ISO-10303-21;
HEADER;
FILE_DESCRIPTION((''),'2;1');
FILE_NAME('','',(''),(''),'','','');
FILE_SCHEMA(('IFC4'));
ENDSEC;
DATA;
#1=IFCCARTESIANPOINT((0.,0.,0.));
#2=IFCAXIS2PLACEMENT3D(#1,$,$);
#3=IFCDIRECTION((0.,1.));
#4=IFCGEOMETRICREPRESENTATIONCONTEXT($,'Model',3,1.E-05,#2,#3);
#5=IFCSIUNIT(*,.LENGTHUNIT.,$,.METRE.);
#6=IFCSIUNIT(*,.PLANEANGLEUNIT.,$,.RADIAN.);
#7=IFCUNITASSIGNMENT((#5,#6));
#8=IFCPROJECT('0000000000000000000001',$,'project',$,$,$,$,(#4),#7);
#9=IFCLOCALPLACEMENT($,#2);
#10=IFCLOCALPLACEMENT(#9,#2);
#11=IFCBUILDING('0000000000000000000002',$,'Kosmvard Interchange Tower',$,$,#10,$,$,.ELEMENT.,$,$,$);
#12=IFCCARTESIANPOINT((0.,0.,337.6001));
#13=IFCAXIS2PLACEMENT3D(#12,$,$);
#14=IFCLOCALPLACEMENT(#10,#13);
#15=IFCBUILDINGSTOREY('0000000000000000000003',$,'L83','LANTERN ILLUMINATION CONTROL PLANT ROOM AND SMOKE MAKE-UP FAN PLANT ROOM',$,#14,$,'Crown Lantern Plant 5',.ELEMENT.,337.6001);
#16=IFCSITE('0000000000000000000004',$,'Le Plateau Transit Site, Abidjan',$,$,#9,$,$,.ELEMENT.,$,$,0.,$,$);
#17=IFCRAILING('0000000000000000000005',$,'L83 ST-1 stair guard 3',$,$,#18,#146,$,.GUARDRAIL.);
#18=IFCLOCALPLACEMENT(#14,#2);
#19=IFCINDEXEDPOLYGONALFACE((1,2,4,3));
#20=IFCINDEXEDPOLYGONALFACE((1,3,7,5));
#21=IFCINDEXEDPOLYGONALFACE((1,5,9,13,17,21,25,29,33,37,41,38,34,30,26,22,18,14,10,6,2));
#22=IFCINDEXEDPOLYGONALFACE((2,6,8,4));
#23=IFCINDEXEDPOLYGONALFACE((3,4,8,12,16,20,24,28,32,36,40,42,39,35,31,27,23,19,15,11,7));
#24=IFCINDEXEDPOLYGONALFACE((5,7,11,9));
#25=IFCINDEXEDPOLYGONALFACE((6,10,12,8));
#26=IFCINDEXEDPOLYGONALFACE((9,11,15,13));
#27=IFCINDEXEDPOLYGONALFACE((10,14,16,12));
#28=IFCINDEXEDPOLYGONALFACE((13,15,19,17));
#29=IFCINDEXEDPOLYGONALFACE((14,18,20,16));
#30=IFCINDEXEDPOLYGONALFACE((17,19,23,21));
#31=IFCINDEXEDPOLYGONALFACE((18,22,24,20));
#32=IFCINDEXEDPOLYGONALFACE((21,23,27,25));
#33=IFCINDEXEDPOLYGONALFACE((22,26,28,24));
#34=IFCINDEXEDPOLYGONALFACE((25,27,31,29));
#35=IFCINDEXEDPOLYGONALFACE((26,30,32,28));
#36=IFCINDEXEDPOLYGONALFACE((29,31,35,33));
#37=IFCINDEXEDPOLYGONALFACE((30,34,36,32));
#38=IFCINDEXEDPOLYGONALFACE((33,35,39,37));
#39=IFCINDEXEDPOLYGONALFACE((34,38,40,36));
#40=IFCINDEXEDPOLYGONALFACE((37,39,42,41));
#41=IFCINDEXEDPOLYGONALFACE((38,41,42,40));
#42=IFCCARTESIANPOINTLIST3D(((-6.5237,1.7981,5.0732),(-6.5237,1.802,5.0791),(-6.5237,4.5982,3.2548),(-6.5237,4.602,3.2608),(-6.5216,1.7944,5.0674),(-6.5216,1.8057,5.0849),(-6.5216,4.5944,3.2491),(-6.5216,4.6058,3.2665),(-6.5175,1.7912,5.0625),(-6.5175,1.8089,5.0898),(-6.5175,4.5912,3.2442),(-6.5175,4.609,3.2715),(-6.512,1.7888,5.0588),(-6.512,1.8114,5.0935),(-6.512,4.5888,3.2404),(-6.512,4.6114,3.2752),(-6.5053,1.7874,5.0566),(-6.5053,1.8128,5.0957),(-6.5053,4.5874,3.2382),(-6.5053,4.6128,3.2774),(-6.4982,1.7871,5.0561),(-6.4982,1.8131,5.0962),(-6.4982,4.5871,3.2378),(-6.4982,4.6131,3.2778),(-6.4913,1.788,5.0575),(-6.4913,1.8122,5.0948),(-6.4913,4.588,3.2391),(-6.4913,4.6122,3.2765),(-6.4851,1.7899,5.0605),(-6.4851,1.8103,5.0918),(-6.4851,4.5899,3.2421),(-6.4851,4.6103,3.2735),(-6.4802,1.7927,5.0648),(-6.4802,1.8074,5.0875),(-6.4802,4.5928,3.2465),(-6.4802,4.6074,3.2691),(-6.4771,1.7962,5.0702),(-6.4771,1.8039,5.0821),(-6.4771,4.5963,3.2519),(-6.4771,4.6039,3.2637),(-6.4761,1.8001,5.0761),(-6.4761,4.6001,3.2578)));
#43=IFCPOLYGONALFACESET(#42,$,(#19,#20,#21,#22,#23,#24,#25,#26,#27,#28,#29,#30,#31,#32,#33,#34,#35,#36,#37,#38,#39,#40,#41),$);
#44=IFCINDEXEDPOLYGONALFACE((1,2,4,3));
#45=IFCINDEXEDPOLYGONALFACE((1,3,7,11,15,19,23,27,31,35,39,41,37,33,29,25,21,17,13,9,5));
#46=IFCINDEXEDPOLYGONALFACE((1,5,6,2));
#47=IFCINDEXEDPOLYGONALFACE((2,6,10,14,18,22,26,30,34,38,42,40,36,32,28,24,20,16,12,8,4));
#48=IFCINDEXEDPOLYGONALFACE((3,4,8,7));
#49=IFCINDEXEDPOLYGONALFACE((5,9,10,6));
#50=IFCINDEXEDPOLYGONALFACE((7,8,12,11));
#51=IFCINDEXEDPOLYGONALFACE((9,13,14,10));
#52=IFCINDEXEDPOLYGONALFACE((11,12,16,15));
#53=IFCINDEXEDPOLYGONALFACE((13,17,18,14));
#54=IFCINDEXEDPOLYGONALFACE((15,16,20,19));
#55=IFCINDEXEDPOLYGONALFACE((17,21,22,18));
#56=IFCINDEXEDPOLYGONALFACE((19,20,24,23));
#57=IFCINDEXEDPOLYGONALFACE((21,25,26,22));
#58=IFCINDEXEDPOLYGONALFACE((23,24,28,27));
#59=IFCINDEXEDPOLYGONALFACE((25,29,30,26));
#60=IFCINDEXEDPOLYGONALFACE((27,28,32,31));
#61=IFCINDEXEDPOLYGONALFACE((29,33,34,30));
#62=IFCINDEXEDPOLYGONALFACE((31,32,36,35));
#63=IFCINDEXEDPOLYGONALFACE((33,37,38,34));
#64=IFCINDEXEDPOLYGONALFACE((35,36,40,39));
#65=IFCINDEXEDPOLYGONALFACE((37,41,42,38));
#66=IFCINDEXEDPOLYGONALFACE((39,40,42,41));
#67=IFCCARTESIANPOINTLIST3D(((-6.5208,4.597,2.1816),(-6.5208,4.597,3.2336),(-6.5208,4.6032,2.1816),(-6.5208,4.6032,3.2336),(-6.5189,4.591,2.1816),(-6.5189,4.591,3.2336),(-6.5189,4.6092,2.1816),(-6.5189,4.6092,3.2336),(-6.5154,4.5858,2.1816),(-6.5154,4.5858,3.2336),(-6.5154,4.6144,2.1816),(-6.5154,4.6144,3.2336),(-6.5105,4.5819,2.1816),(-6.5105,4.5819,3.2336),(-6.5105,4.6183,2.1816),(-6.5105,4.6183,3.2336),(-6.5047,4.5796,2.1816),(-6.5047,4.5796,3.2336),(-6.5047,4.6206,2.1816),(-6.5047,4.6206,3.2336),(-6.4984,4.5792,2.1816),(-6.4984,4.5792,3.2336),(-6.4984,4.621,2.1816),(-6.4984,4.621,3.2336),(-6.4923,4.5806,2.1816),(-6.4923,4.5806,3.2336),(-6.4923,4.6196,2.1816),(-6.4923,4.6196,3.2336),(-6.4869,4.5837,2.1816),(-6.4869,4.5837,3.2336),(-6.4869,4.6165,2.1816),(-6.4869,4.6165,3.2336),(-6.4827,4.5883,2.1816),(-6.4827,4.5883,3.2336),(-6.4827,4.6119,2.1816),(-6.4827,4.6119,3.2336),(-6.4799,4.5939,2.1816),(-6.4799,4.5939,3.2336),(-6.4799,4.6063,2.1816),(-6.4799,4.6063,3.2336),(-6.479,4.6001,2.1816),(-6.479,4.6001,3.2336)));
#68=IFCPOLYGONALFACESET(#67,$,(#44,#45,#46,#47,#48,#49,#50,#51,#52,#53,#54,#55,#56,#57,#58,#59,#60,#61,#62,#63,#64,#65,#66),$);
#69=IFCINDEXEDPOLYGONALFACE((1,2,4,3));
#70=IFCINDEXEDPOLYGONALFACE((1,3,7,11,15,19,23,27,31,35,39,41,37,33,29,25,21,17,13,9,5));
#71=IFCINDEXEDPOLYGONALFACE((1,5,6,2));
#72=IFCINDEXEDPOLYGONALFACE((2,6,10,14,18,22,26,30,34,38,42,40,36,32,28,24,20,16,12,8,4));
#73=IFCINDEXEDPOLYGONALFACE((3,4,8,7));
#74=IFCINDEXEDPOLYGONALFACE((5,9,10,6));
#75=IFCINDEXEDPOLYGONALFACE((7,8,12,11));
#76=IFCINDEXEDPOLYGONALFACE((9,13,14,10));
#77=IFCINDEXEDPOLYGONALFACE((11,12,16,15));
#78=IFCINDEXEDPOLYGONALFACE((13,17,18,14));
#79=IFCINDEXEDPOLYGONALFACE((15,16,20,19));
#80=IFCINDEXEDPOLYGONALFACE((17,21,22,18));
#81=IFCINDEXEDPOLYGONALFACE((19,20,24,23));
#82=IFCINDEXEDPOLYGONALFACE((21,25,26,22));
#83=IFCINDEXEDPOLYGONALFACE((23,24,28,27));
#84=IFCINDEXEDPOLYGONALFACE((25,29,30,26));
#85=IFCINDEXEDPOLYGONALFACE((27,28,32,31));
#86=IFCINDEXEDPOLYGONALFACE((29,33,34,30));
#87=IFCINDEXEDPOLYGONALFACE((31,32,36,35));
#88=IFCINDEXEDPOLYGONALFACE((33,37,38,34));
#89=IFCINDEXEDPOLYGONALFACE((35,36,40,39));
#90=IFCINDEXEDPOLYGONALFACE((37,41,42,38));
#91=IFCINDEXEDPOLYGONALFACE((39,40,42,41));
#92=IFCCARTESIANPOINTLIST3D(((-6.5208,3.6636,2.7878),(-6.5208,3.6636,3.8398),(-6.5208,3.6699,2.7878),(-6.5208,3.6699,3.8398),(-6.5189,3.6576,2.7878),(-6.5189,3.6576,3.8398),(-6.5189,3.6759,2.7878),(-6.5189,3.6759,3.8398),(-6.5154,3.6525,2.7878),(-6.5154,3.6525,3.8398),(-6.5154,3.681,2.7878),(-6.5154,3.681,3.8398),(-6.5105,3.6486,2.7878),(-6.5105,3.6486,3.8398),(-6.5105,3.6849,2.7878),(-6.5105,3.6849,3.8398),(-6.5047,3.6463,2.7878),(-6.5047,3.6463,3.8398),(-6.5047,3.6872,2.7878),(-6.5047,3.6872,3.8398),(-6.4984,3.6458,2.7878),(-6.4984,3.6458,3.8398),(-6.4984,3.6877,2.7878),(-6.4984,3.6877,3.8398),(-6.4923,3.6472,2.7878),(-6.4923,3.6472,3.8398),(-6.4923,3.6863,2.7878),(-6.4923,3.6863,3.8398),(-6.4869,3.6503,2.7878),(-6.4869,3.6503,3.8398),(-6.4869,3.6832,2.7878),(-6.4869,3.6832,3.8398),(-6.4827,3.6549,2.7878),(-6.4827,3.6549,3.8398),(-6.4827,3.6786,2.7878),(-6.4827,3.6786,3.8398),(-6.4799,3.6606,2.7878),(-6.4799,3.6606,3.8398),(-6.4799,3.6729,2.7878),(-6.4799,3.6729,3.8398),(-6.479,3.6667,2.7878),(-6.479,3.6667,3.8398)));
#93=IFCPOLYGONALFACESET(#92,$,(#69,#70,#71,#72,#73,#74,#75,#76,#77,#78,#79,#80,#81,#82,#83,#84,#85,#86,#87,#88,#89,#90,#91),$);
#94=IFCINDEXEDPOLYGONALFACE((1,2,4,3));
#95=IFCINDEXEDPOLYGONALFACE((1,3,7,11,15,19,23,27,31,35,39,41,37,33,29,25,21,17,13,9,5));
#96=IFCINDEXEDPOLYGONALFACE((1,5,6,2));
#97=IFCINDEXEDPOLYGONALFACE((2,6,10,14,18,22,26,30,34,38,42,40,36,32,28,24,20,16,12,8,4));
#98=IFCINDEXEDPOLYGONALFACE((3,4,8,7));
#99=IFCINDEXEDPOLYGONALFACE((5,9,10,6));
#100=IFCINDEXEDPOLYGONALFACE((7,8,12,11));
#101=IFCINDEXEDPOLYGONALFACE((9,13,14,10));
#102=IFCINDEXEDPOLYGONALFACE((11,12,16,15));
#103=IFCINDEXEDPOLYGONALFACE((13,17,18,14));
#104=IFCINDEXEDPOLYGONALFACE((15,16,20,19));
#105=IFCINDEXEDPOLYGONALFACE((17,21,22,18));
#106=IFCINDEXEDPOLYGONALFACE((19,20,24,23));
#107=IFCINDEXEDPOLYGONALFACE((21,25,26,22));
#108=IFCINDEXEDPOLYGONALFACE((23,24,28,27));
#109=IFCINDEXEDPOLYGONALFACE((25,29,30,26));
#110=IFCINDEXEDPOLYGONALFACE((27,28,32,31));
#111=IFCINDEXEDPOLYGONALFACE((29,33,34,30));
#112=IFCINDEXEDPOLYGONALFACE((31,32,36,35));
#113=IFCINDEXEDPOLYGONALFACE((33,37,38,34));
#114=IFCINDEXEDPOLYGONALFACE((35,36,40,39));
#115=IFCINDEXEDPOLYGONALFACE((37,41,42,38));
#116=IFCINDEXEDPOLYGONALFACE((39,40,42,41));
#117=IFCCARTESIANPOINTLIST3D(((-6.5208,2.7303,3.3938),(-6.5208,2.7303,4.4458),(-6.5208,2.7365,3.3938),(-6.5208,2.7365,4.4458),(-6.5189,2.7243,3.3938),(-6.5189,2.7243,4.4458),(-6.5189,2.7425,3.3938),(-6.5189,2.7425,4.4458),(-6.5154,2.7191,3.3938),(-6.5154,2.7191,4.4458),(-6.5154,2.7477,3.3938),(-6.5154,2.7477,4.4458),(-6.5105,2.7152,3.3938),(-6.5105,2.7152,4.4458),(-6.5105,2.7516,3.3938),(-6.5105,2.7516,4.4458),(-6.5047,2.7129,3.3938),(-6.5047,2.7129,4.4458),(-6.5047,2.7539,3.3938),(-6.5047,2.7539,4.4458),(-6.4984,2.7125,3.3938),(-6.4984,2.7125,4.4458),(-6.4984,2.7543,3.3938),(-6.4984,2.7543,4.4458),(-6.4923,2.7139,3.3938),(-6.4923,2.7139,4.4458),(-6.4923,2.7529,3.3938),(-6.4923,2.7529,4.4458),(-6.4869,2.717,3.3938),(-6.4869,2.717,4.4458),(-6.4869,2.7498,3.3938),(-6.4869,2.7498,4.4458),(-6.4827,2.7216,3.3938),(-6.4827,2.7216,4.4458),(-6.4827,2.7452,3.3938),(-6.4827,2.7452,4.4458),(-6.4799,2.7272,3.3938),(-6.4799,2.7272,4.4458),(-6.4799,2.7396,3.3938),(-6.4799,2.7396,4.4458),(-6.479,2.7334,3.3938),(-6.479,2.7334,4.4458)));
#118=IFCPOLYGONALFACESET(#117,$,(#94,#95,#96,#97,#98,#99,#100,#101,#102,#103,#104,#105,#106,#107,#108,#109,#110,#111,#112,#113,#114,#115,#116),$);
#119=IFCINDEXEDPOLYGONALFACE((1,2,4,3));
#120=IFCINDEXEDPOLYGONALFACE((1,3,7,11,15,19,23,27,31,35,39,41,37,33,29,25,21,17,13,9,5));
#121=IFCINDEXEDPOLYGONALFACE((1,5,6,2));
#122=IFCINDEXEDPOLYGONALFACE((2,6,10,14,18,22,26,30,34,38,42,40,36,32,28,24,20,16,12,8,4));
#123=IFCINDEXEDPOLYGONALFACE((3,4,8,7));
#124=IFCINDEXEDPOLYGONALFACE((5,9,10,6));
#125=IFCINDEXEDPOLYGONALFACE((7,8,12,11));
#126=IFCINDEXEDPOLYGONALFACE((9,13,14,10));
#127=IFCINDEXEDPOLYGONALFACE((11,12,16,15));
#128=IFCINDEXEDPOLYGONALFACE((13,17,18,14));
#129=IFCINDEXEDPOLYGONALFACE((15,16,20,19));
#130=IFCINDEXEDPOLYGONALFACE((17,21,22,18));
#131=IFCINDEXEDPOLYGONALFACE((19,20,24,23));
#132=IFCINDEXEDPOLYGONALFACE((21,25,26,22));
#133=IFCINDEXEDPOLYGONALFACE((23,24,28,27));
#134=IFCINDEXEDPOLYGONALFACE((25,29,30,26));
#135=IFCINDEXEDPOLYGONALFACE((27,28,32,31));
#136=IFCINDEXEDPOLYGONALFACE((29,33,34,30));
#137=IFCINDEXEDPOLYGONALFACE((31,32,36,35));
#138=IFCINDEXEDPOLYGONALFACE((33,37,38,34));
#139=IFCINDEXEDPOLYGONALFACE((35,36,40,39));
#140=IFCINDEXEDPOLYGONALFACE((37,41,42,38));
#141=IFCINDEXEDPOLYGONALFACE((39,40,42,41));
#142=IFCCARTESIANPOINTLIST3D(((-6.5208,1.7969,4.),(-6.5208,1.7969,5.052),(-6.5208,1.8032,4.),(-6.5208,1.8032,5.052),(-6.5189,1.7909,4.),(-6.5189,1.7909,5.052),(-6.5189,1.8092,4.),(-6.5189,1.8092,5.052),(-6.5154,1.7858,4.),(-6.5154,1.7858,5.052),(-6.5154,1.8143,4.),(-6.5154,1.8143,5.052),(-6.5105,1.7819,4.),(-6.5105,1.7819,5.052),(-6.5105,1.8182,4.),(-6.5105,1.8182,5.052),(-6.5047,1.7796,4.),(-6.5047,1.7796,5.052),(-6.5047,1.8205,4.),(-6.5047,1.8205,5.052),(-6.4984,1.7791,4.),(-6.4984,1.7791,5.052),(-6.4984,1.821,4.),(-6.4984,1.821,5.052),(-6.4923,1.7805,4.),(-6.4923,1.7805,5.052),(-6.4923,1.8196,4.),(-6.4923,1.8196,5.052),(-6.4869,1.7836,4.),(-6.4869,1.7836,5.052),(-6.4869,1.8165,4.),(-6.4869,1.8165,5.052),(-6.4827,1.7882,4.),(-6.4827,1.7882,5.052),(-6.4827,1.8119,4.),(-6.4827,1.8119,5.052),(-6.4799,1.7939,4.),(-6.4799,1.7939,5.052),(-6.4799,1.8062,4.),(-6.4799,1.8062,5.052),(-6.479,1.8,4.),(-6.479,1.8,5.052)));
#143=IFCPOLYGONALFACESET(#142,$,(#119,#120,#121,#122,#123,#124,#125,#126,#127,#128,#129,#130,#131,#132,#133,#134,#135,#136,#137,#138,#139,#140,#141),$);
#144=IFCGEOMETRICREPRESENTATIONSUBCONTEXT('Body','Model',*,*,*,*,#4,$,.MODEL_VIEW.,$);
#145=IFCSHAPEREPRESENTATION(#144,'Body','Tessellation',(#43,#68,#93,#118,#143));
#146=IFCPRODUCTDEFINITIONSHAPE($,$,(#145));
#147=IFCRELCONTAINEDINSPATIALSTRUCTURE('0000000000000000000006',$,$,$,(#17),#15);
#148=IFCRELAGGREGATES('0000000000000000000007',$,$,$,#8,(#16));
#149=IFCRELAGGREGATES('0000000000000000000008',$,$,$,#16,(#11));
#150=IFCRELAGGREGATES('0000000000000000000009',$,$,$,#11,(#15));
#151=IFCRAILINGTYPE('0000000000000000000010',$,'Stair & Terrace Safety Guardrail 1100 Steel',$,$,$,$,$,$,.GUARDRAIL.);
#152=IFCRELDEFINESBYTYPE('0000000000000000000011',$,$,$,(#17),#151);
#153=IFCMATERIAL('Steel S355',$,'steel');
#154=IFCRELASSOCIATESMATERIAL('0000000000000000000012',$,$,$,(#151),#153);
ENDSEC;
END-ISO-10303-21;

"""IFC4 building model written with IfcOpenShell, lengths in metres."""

from ifc_helpers import new_model, si_unit, direction, frame, origin, origin_2d, place, context, subcontext, project, spatial, circle, extrude, source, transform, mapped, material, type_object, element, save


model = new_model("IFC4")

# Units and contexts
model_context = context("Model", 3, precision=1e-05, world=origin(), true_north=direction((0.0, 1.0)))
body_context = subcontext(model_context, "Body", "Model", "MODEL_VIEW")
ifc_project = project(units=[si_unit("LENGTHUNIT", "METRE"), si_unit("PLANEANGLEUNIT", "RADIAN")], contexts=[model_context])

# Site, building, storey
site_placement = place(None, origin())
site = spatial("IfcSite", under=ifc_project, at=site_placement, Name="Le Plateau Transit Site, Abidjan", CompositionType="ELEMENT", RefElevation=0.0)
building_placement = place(site_placement, origin())
building = spatial("IfcBuilding", under=site, at=building_placement, Name="Kosmvard Interchange Tower", CompositionType="ELEMENT")
storey_placement = place(building_placement, frame((0.0, 0.0, 337.6001)))
storey = spatial("IfcBuildingStorey", under=building, at=storey_placement, Name="L83", Description="LANTERN ILLUMINATION CONTROL PLANT ROOM AND SMOKE MAKE-UP FAN PLANT ROOM", LongName="Crown Lantern Plant 5", CompositionType="ELEMENT", Elevation=337.6001)

# Shared definitions
ifc_material_1 = material(Name="Steel S355", Category="steel")

# Railing
railing_type_1 = type_object("IfcRailingType", Name="Stair & Terrace Safety Guardrail 1100 Steel", PredefinedType="GUARDRAIL", material=ifc_material_1)
shared_shape_1 = source(origin(), body_context, "Body", "SweptSolid", [
    extrude(circle(Radius=0.0239, at=origin_2d()), frame((0.0, 0.0, 1.0762), z_axis=(0.0, -0.838672, 0.544636), x_axis=(1.0, 0.0, 0.0)), (0.0, 0.0, 1.0), 3.3386),
    extrude(circle(Radius=0.021, at=origin_2d()), origin(), (0.0, 0.0, 1.0), 1.052),
    extrude(circle(Radius=0.021, at=origin_2d()), frame((0.0, -0.9333, 0.6062)), (0.0, 0.0, 1.0), 1.052),
    extrude(circle(Radius=0.021, at=origin_2d()), frame((0.0, -1.8667, 1.2122)), (0.0, 0.0, 1.0), 1.052),
    extrude(circle(Radius=0.021, at=origin_2d()), frame((0.0, -2.8, 1.8184)), (0.0, 0.0, 1.0), 1.052),
])
railing_1_placement = place(storey_placement, frame((-6.5, 4.6001, 2.1816)))
element("IfcRailing", 1, at=railing_1_placement, inside=storey, type_object=railing_type_1, Name="L83 ST-1 stair guard 3", PredefinedType="GUARDRAIL", context=body_context, shape_type="MappedRepresentation", body=[
    mapped(shared_shape_1, transform((0.0, 0.0, 0.0), scale=1.0)),
])

save(model, "model.ifc")
